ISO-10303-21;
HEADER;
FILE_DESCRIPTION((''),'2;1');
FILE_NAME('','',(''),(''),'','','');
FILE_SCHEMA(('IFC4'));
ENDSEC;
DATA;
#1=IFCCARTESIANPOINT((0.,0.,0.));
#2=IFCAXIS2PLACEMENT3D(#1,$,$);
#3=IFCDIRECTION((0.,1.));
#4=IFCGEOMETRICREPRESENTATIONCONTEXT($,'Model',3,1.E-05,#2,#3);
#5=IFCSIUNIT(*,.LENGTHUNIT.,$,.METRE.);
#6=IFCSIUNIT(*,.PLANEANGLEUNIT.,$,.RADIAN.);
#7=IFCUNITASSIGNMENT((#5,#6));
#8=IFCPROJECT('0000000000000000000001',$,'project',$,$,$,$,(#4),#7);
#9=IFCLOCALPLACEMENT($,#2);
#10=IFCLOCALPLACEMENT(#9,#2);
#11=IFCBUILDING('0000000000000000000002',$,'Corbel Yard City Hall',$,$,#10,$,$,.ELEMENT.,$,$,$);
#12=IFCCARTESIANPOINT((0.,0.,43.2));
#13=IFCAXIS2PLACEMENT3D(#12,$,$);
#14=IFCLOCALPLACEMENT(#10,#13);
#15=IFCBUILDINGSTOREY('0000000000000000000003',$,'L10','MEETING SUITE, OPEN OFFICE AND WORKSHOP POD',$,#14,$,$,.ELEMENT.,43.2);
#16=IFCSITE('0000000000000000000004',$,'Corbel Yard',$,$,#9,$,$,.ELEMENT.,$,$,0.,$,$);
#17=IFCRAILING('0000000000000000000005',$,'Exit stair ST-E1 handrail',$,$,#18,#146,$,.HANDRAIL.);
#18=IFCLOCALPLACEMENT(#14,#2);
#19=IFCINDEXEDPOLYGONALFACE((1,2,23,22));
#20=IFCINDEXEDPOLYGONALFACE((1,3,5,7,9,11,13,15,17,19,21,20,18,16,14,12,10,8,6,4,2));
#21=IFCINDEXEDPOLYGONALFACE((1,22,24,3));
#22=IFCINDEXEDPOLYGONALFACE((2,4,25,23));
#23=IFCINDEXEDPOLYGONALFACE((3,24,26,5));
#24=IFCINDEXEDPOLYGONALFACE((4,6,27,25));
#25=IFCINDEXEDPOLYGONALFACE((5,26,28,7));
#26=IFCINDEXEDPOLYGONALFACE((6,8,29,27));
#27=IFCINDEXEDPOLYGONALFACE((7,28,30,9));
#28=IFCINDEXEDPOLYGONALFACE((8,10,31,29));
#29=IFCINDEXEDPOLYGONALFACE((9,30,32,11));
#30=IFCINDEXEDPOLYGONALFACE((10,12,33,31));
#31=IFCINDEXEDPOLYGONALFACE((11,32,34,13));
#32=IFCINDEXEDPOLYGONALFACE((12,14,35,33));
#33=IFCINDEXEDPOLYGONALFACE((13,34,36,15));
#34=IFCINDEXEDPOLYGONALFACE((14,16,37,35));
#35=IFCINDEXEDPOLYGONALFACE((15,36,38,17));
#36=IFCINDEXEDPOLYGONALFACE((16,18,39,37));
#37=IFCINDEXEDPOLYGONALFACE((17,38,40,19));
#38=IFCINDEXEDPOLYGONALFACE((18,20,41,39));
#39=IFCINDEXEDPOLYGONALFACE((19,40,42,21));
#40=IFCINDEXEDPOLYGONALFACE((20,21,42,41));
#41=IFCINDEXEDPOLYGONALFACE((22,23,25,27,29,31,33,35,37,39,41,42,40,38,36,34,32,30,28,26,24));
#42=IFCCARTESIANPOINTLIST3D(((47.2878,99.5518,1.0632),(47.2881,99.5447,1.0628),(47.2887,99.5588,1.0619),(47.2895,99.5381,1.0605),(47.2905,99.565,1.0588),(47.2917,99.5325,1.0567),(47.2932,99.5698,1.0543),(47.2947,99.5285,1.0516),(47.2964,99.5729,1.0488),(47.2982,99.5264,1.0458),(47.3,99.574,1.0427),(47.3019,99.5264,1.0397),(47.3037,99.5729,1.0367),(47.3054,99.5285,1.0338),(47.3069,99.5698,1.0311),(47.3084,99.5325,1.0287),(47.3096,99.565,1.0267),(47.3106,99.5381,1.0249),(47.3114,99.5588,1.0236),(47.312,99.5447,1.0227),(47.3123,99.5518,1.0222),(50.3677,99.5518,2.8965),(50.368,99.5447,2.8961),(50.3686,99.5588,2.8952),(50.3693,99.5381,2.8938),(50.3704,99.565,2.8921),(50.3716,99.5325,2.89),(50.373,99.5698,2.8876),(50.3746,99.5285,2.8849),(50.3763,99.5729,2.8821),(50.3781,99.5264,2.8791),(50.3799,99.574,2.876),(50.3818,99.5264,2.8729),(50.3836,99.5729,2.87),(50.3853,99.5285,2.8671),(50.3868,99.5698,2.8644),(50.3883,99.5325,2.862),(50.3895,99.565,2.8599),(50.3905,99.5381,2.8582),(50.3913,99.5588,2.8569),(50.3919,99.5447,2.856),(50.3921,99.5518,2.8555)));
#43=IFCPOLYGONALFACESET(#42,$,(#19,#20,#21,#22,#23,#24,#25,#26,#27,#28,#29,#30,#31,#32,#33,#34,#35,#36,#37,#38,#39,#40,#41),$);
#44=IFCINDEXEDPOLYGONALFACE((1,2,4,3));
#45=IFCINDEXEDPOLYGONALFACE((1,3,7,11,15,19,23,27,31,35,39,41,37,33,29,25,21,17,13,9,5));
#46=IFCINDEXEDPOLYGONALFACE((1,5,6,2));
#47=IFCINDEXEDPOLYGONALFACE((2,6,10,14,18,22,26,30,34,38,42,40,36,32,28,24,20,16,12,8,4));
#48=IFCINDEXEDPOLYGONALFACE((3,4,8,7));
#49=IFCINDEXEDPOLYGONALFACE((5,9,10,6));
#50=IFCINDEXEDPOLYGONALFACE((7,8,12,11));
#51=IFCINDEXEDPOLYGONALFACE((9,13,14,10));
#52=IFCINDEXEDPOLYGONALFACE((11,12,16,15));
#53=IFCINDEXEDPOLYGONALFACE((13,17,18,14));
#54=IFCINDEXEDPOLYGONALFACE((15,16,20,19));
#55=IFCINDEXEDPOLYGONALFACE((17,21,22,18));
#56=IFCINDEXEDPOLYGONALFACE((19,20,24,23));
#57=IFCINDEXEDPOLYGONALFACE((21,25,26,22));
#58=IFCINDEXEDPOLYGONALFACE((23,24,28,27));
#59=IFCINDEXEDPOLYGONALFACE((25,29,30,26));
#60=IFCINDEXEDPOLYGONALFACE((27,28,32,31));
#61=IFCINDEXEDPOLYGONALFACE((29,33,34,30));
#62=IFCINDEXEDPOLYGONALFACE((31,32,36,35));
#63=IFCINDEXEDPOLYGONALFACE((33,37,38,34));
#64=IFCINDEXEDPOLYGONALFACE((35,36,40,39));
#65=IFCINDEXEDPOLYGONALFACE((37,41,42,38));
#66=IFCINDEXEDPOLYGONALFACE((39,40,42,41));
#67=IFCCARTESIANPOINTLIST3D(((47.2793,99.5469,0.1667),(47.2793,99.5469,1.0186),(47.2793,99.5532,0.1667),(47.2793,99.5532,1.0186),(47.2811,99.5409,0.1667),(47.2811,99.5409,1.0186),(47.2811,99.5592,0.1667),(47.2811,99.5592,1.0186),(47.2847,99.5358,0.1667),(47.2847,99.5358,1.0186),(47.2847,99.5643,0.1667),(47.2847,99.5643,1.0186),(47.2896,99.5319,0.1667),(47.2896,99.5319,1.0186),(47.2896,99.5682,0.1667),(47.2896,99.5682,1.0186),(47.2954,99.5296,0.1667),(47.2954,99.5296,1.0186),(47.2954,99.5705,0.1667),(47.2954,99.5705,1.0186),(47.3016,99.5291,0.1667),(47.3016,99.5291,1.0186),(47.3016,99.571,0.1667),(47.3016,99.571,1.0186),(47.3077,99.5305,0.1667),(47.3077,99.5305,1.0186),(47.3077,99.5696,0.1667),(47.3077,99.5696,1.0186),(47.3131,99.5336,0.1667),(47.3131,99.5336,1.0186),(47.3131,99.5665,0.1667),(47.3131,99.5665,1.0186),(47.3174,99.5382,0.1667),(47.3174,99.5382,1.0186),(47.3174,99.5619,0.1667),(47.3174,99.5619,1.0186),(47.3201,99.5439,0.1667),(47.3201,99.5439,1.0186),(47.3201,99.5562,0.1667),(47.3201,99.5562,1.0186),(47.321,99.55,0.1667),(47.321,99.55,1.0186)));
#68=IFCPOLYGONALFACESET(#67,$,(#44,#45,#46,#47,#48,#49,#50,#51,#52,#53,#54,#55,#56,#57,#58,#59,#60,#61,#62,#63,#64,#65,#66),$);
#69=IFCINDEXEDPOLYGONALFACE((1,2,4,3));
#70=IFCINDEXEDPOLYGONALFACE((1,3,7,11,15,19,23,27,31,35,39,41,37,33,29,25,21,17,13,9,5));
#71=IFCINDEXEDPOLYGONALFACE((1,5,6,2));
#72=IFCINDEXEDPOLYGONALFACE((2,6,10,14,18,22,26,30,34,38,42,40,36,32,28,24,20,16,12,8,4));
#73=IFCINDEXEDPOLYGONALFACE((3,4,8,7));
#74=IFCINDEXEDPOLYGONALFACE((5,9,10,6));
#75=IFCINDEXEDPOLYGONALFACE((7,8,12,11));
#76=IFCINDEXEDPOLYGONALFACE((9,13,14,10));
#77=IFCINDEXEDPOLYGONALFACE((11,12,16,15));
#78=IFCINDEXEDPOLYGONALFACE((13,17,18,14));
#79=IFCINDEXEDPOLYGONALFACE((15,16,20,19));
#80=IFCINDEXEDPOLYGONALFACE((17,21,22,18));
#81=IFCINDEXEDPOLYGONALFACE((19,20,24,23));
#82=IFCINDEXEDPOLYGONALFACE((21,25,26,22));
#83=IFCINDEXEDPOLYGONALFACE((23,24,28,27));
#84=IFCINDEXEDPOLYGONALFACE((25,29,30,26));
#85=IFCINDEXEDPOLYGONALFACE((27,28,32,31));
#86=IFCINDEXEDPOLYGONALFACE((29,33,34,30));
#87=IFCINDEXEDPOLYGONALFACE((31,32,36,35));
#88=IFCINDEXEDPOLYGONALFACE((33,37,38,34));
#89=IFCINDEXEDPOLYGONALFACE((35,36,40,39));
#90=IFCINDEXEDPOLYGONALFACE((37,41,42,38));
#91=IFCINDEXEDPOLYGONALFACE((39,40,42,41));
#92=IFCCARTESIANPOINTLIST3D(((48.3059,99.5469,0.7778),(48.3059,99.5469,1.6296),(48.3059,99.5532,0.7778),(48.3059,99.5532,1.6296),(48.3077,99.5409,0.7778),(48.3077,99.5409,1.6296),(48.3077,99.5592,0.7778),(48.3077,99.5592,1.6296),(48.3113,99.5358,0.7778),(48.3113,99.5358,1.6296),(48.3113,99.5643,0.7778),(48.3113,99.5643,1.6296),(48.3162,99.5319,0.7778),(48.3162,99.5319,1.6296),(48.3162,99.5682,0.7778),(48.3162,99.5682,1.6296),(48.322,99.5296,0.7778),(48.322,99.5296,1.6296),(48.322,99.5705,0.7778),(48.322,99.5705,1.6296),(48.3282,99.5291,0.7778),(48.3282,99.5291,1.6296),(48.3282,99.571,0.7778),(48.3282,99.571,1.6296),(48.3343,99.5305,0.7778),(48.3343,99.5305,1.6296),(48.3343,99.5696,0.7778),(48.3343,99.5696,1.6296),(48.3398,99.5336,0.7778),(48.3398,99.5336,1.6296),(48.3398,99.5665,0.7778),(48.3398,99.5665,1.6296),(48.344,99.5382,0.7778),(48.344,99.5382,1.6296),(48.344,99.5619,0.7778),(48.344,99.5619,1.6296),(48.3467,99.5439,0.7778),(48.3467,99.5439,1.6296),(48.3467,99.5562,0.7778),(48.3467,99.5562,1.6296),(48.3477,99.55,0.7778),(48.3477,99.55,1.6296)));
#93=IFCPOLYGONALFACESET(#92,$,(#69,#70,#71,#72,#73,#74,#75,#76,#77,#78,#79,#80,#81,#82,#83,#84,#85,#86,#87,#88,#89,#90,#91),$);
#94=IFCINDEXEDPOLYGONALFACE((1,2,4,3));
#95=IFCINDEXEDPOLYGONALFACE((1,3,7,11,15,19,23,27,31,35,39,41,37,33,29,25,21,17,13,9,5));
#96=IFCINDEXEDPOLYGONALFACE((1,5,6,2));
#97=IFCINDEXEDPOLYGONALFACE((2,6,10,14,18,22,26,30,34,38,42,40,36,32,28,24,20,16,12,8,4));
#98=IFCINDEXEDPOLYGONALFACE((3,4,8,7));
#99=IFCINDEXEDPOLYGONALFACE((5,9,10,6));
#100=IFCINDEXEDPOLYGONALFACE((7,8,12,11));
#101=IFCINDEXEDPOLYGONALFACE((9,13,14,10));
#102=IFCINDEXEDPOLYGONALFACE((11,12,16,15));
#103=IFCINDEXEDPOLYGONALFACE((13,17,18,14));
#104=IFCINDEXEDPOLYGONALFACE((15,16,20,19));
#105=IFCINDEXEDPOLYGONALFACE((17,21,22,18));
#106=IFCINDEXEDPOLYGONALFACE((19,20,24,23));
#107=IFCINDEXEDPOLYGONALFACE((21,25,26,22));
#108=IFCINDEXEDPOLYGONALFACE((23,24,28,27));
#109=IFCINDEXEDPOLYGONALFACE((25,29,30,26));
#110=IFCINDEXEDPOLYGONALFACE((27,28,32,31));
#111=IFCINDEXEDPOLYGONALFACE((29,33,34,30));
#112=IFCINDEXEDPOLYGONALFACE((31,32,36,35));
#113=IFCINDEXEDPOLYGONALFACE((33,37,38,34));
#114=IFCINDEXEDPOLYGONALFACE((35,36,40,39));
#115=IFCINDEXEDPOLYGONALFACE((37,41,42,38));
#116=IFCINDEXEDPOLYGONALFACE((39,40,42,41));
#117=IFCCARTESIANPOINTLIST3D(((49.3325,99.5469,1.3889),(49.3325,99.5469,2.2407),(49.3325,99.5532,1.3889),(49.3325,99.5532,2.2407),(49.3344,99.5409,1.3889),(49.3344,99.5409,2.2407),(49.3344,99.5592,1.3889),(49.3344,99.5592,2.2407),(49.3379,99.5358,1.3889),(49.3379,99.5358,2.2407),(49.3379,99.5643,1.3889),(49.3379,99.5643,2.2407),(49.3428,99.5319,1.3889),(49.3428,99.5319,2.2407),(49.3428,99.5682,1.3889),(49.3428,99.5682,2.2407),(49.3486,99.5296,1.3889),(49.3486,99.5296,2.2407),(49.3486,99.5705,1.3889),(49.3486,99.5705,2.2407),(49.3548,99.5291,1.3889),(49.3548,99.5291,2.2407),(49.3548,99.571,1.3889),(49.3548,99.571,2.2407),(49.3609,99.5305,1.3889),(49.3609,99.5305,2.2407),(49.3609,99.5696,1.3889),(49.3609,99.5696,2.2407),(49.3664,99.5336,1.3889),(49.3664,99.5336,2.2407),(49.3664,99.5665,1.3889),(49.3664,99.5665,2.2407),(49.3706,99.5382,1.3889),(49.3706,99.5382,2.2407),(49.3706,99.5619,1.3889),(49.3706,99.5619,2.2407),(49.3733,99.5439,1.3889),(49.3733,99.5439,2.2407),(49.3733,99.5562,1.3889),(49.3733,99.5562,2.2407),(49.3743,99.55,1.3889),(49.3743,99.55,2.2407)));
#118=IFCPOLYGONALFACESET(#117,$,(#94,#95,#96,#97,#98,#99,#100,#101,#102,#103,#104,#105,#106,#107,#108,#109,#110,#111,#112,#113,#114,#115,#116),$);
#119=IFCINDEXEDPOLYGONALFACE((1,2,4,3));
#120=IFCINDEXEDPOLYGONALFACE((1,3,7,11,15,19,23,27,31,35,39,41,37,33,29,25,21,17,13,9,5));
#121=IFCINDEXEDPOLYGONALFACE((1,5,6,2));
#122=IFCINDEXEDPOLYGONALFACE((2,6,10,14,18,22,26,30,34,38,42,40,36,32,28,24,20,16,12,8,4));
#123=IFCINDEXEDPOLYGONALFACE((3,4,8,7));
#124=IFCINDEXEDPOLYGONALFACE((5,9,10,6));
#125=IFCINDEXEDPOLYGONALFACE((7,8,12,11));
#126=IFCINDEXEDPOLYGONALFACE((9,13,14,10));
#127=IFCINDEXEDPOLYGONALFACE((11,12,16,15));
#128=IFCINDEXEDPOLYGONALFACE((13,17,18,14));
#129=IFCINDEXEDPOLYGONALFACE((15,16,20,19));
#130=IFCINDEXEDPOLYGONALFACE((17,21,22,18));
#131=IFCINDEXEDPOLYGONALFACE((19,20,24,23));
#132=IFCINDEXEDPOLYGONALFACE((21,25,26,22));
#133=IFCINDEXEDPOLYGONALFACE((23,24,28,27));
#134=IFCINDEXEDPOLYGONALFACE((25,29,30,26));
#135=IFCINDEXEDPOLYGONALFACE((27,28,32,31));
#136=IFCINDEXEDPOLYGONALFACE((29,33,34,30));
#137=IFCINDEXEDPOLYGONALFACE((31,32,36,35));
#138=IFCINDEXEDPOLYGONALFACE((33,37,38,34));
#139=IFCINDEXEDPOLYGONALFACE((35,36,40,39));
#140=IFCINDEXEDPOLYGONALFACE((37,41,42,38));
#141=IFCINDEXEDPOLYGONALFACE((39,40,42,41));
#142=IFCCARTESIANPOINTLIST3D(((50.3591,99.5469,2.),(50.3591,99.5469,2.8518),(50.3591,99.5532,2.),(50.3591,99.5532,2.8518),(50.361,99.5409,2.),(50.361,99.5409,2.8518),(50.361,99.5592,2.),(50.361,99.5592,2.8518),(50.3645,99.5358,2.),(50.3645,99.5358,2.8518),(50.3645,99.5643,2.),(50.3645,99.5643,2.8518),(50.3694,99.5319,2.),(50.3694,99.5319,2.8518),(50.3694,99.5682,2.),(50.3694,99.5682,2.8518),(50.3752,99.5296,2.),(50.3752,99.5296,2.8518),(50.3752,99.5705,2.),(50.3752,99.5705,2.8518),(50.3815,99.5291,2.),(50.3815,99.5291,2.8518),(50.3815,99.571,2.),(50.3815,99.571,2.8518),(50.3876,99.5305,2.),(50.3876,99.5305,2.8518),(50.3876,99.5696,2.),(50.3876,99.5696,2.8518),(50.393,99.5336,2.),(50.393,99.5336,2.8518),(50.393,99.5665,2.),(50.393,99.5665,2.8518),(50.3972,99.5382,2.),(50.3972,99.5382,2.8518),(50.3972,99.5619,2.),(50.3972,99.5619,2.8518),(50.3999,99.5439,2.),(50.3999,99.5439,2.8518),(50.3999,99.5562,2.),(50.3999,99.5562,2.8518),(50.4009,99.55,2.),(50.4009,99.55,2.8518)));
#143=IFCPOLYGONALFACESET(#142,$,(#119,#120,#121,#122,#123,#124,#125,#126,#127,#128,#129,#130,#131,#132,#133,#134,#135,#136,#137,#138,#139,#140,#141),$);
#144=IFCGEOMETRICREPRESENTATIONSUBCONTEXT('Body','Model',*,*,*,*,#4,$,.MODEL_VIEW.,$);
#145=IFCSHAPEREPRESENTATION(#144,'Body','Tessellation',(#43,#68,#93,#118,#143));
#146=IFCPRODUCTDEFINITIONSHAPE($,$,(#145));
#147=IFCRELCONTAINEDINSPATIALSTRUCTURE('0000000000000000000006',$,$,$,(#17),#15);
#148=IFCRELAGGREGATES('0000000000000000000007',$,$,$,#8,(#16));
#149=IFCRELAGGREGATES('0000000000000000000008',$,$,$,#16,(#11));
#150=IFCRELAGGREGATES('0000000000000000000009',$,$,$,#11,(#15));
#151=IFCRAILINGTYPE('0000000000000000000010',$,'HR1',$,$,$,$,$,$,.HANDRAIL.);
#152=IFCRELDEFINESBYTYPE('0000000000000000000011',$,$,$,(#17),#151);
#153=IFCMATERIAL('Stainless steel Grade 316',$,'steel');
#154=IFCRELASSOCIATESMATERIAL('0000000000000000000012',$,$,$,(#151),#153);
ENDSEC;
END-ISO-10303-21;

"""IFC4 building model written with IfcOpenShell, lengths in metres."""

from ifc_helpers import new_model, si_unit, direction, frame, origin, origin_2d, place, context, subcontext, project, spatial, circle, extrude, material, type_object, element, save


model = new_model("IFC4")

# Units and contexts
model_context = context("Model", 3, precision=1e-05, world=origin(), true_north=direction((0.0, 1.0)))
body_context = subcontext(model_context, "Body", "Model", "MODEL_VIEW")
ifc_project = project(units=[si_unit("LENGTHUNIT", "METRE"), si_unit("PLANEANGLEUNIT", "RADIAN")], contexts=[model_context])

# Site, building, storey
site_placement = place(None, origin())
site = spatial("IfcSite", under=ifc_project, at=site_placement, Name="Corbel Yard", CompositionType="ELEMENT", RefElevation=0.0)
building_placement = place(site_placement, origin())
building = spatial("IfcBuilding", under=site, at=building_placement, Name="Corbel Yard City Hall", CompositionType="ELEMENT")
storey_placement = place(building_placement, frame((0.0, 0.0, 43.2)))
storey = spatial("IfcBuildingStorey", under=building, at=storey_placement, Name="L10", Description="MEETING SUITE, OPEN OFFICE AND WORKSHOP POD", CompositionType="ELEMENT", Elevation=43.2)

# Railing
ifc_material_1 = material(Name="Stainless steel Grade 316", Category="steel")
railing_type = type_object("IfcRailingType", Name="HR1", PredefinedType="HANDRAIL", material=ifc_material_1)
for number, where, name in (
    (1, (47.3, 99.55, 0.1667), "Exit stair ST-E1 handrail"),
):
    element("IfcRailing", number, at=place(storey_placement, frame(where)), inside=storey, type_object=railing_type, Name=name, PredefinedType="HANDRAIL", context=body_context, shape_type="SweptSolid", body=[
        extrude(circle(Radius=0.0239, at=origin_2d()), frame((0.0, 0.0, 0.876), z_axis=(0.859291, 0.0, 0.511487), x_axis=(0.0, 1.0, 0.0)), (0.0, 0.0, 1.0), 3.5842),
        extrude(circle(Radius=0.021, at=origin_2d()), origin(), (0.0, 0.0, 1.0), 0.8518),
        extrude(circle(Radius=0.021, at=origin_2d()), frame((1.0266, 0.0, 0.6111)), (0.0, 0.0, 1.0), 0.8518),
        extrude(circle(Radius=0.021, at=origin_2d()), frame((2.0532, 0.0, 1.2222)), (0.0, 0.0, 1.0), 0.8518),
        extrude(circle(Radius=0.021, at=origin_2d()), frame((3.0798, 0.0, 1.8333)), (0.0, 0.0, 1.0), 0.8518),
    ])

save(model, "model.ifc")
